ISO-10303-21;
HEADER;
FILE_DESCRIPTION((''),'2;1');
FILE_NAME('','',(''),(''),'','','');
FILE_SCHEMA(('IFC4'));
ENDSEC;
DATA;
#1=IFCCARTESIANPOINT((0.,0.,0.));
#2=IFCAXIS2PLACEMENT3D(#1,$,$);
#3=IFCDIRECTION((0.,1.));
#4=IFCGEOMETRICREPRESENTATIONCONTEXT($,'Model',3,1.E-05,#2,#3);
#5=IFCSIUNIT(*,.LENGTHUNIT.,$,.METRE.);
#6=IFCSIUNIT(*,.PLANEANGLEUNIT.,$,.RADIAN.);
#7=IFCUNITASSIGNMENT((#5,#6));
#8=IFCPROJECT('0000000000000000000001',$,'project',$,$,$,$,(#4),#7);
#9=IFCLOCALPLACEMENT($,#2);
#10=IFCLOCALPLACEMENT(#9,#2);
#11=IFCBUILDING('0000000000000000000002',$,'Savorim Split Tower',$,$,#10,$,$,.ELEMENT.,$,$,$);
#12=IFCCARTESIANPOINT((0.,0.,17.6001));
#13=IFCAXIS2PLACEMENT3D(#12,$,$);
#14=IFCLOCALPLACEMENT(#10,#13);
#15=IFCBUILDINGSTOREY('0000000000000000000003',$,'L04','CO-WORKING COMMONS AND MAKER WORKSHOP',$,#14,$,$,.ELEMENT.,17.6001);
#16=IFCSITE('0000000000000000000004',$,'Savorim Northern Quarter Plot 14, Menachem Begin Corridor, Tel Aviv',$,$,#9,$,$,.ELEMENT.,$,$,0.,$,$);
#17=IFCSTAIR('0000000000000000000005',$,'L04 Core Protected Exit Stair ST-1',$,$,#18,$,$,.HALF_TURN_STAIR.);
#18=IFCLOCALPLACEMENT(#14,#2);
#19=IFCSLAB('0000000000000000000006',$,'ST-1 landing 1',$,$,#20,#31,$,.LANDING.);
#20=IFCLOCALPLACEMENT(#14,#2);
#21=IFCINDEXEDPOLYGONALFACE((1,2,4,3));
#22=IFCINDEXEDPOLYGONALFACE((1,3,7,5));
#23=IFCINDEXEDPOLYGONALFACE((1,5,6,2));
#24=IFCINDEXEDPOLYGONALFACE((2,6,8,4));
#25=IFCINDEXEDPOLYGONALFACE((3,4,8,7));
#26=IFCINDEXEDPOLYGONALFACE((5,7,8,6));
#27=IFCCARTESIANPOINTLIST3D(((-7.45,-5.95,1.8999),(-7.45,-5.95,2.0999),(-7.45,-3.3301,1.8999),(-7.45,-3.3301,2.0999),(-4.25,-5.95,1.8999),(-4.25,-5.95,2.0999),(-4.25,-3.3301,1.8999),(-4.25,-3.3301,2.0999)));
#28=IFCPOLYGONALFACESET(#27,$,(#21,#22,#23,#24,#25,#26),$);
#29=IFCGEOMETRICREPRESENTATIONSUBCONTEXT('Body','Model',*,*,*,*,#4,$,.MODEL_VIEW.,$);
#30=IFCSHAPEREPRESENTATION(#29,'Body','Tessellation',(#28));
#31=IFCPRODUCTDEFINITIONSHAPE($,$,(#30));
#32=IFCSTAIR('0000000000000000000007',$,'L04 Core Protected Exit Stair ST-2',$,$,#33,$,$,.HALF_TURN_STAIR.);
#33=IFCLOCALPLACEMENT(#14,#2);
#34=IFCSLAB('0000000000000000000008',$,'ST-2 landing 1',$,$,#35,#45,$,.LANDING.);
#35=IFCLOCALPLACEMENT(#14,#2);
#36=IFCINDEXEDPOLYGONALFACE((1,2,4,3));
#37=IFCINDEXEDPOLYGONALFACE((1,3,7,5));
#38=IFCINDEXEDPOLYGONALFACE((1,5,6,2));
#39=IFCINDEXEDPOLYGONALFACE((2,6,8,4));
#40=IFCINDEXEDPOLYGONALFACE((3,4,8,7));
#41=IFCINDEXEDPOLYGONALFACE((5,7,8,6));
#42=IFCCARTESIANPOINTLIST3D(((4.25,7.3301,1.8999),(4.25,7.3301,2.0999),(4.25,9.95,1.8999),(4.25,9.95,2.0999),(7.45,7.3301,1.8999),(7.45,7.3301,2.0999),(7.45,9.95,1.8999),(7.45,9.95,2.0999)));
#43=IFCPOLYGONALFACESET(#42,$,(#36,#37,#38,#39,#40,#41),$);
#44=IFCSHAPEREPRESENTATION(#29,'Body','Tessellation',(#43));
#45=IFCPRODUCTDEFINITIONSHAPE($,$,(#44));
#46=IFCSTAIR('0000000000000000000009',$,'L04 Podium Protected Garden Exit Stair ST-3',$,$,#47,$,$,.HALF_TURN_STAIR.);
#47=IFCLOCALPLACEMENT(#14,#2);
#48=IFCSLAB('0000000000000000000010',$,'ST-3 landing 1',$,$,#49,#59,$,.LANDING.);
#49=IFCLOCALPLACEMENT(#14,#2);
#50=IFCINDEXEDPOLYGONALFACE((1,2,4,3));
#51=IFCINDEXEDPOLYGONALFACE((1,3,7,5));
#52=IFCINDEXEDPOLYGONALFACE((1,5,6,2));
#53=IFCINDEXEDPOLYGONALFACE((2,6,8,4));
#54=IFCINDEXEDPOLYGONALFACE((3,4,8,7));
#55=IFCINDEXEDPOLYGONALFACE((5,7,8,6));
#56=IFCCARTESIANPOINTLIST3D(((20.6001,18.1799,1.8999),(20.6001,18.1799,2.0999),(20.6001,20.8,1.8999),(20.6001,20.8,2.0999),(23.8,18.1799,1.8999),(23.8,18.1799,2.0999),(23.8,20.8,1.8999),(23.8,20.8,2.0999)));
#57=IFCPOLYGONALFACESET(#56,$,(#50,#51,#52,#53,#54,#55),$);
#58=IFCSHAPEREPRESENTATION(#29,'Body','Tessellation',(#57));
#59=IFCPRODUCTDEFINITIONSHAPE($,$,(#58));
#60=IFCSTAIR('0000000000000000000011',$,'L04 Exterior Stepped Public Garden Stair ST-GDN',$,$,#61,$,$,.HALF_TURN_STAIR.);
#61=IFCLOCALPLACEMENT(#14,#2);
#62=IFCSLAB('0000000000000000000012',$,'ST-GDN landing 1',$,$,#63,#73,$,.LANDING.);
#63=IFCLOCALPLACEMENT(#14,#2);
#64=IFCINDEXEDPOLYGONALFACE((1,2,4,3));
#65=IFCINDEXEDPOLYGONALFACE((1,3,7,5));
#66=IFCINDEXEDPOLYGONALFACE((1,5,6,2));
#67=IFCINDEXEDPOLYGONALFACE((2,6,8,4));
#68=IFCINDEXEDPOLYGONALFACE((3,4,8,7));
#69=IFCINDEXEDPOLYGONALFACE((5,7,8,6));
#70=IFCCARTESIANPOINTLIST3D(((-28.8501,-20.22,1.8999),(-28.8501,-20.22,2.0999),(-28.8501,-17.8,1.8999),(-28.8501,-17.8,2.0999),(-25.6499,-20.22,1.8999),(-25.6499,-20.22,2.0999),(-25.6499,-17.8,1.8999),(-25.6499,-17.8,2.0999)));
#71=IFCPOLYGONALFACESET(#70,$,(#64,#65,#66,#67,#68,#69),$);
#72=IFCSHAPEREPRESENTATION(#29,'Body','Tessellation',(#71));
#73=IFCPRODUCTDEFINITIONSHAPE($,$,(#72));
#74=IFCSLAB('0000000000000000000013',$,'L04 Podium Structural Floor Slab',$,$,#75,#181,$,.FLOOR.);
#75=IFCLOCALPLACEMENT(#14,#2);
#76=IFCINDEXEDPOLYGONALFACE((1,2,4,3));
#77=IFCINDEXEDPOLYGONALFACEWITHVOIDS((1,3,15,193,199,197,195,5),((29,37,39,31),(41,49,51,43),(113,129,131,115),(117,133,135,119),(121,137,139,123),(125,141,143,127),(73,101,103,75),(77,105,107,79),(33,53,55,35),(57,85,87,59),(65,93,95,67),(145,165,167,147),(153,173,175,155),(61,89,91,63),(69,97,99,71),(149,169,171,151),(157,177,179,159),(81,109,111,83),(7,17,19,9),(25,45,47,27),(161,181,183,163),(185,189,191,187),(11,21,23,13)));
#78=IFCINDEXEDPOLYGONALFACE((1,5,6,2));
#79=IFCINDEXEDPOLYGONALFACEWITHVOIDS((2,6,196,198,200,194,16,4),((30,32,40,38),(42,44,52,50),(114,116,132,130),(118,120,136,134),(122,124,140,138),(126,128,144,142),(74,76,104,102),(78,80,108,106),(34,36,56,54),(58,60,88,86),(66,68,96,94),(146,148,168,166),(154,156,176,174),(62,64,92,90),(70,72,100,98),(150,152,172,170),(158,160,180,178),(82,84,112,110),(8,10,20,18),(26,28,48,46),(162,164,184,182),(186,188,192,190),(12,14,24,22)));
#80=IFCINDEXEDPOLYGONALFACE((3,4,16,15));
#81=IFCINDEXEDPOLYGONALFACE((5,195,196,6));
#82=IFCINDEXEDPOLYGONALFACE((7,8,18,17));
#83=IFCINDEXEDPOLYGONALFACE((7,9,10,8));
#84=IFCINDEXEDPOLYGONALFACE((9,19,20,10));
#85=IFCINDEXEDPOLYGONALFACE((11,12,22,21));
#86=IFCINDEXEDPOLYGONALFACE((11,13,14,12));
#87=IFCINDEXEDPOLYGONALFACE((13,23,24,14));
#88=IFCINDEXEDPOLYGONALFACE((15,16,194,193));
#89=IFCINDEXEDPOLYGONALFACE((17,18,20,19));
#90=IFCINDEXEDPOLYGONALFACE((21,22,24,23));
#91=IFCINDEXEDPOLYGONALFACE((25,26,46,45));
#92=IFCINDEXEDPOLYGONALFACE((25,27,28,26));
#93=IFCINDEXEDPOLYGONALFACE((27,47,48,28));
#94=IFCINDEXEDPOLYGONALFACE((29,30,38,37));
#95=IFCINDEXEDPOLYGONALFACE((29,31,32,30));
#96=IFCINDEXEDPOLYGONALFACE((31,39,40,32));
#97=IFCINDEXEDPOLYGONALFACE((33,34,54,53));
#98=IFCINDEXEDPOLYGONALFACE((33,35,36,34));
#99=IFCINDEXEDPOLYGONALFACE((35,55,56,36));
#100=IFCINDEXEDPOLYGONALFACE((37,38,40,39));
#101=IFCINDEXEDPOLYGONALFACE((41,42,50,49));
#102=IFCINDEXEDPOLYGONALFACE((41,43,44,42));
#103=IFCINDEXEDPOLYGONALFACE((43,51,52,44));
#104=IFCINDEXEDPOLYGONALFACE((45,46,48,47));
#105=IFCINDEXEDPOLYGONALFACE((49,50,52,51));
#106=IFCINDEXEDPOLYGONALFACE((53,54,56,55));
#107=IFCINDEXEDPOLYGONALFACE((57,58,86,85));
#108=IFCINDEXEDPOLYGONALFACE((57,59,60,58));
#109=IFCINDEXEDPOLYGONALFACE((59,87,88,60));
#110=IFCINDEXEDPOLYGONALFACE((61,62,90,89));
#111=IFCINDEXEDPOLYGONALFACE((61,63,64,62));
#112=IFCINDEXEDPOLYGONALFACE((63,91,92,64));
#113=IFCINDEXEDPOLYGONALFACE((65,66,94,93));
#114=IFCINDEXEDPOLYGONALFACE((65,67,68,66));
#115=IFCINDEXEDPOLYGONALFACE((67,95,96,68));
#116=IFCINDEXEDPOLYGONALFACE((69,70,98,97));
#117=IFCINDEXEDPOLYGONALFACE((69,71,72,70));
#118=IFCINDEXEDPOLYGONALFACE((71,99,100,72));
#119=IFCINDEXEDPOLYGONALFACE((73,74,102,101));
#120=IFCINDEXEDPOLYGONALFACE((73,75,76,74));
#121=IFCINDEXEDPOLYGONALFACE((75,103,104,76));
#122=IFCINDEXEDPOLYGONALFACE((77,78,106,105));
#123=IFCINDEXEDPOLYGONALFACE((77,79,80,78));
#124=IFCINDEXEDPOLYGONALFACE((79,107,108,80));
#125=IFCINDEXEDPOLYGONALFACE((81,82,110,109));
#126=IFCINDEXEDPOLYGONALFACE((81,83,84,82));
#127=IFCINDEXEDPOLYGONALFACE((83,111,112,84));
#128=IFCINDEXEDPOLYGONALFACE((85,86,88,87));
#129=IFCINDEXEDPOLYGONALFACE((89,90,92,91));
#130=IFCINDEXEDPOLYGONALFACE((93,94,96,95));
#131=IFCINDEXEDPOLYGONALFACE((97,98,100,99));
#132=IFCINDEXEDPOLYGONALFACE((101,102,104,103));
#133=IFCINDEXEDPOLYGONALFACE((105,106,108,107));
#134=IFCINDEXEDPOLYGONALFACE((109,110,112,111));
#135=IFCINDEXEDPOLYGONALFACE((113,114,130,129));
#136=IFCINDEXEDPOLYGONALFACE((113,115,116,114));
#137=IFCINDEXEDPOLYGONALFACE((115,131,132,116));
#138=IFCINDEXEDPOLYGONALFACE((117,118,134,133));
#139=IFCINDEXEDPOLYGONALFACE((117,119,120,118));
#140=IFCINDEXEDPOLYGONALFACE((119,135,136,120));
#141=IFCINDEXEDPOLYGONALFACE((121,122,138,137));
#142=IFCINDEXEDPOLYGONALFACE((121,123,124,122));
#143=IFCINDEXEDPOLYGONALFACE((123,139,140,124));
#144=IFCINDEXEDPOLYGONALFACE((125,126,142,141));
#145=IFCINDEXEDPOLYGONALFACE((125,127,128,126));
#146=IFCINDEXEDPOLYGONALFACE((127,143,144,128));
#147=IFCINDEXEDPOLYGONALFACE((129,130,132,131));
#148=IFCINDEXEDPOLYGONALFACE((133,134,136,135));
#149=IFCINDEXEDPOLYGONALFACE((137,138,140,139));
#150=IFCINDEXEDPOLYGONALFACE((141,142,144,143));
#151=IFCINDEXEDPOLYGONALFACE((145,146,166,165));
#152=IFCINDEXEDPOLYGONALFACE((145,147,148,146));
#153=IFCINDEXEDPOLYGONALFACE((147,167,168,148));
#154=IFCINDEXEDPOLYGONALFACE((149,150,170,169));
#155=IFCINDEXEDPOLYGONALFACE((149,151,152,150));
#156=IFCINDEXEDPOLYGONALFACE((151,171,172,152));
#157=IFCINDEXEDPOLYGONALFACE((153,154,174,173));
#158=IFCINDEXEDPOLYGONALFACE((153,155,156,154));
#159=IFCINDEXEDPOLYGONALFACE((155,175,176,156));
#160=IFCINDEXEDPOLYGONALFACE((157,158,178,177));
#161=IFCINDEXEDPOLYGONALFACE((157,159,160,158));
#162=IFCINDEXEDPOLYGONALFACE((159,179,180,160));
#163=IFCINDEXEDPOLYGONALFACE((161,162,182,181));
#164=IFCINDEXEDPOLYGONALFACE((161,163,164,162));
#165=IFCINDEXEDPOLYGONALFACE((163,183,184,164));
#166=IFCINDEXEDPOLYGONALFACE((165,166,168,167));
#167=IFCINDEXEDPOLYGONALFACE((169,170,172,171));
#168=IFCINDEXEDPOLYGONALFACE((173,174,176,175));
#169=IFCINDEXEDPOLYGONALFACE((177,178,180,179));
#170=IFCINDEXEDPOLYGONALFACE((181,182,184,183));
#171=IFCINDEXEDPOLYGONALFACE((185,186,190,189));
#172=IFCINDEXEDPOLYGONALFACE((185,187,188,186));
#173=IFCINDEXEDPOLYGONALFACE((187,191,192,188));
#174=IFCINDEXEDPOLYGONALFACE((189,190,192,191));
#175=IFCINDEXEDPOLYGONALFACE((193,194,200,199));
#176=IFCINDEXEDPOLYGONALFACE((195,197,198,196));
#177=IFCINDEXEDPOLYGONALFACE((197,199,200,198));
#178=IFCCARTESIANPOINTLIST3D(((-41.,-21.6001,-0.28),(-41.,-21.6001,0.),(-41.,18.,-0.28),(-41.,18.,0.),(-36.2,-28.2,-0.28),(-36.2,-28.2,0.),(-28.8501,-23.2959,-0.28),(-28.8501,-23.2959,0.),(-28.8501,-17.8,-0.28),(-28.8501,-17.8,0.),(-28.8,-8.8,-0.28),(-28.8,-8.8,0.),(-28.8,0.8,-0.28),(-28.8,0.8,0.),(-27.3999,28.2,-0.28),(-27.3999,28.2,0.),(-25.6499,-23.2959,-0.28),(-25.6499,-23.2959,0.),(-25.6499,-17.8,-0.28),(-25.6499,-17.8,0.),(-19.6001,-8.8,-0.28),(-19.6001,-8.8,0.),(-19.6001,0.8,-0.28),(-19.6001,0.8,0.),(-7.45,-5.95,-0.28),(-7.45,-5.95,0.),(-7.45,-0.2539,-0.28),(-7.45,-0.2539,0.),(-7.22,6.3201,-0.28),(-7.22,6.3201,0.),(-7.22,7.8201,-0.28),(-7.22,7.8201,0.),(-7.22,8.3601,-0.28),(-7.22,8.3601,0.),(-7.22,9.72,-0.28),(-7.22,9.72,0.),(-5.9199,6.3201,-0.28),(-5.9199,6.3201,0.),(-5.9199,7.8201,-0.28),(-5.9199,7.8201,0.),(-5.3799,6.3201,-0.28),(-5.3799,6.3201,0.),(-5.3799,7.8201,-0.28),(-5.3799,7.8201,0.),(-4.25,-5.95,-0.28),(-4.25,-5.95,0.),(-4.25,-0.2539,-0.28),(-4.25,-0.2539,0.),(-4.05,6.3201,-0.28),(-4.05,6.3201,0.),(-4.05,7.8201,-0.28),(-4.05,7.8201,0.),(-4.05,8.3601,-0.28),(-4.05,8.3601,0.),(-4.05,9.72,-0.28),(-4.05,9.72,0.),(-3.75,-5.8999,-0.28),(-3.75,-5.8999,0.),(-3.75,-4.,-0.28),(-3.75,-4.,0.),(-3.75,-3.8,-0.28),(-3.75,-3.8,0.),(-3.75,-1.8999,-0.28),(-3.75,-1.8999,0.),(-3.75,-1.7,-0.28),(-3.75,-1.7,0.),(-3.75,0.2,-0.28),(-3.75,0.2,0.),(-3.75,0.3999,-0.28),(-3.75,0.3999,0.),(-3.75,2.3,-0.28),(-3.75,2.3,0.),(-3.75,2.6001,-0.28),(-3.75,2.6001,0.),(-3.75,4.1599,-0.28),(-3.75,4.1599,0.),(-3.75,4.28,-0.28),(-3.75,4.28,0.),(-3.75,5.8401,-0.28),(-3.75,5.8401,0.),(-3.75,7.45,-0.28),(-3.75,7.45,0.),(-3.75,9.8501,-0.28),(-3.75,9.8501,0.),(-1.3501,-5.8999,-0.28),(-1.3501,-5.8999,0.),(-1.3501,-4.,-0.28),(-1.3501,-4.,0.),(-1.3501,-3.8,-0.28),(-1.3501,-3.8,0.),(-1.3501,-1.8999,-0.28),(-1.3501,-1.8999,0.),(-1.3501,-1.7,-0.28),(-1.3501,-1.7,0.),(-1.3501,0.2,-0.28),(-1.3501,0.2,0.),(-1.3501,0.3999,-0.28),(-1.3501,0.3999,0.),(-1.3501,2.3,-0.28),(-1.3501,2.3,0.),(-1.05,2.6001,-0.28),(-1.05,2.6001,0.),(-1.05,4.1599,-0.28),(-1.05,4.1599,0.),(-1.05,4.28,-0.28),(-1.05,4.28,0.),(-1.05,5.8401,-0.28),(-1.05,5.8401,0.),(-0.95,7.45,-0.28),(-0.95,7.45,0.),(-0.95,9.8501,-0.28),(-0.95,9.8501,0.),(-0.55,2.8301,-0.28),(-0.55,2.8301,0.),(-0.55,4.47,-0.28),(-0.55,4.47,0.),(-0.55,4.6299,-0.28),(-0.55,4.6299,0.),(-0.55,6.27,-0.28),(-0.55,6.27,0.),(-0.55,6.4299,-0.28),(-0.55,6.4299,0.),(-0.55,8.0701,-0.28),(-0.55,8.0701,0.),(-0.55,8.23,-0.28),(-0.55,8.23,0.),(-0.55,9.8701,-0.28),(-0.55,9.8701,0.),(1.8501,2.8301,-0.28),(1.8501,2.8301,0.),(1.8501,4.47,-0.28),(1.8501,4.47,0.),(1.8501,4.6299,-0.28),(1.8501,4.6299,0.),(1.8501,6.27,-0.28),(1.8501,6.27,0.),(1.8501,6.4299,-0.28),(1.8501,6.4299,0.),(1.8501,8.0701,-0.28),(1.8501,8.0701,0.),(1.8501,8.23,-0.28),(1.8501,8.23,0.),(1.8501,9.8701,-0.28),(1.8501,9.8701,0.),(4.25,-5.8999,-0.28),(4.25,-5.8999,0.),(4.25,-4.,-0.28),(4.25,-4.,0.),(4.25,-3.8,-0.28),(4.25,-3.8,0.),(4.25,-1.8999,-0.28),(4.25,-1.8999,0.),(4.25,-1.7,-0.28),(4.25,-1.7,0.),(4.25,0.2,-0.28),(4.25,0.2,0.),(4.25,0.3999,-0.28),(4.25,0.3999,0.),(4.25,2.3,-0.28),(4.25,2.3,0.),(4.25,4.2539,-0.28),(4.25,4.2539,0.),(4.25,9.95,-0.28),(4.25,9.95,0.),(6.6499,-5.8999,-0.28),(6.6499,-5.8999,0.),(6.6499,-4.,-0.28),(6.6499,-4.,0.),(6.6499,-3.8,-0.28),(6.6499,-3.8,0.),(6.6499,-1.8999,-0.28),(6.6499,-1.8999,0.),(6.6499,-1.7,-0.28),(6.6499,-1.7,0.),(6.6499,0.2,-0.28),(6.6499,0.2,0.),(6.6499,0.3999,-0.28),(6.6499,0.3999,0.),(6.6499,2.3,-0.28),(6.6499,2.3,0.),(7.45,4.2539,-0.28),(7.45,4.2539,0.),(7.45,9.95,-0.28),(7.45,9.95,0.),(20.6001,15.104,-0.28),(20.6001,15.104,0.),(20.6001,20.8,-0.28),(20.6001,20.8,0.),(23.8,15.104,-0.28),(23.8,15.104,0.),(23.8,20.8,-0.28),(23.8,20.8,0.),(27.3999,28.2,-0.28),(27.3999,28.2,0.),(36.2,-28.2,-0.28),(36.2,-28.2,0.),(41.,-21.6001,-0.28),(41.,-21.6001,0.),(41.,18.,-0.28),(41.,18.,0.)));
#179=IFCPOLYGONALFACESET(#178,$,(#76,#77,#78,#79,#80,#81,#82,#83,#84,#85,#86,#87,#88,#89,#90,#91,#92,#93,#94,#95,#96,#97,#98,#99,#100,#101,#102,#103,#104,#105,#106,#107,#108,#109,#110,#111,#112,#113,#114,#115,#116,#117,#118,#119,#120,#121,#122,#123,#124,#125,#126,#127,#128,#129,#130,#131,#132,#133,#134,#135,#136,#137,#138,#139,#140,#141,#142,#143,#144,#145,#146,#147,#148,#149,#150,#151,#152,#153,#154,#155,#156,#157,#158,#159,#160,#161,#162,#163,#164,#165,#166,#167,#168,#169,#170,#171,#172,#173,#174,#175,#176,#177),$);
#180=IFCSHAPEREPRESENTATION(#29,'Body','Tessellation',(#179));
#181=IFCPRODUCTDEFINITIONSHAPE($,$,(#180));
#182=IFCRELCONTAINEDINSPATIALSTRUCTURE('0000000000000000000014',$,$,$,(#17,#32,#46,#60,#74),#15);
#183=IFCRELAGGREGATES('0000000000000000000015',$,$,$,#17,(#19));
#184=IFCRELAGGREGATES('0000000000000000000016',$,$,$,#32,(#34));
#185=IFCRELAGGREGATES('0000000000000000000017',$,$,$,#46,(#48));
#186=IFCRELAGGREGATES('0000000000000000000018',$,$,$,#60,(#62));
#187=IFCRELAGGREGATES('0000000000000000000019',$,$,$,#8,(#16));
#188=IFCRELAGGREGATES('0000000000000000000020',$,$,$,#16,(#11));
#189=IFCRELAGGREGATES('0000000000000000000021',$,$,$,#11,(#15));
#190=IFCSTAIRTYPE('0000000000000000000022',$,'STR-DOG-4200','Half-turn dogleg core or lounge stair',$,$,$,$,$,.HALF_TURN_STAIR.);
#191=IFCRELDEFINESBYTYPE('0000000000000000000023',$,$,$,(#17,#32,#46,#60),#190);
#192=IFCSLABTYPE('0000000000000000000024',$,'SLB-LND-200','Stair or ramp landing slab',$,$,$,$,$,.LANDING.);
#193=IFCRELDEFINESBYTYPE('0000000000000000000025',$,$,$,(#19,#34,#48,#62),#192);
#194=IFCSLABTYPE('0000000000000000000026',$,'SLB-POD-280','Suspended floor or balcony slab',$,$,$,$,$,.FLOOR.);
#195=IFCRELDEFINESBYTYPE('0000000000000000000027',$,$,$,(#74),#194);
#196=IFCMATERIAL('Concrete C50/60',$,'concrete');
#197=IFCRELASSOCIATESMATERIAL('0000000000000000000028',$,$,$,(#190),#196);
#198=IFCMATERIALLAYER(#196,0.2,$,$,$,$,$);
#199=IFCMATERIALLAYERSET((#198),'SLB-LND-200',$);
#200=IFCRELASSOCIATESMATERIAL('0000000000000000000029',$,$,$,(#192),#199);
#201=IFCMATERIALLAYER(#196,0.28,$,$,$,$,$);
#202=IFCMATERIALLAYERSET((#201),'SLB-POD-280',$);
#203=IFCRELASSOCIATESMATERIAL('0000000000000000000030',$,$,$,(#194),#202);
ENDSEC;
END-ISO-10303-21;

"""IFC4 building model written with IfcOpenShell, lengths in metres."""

from ifc_helpers import new_model, si_unit, direction, frame, origin, place, context, subcontext, project, spatial, polyline, outline, extrude, material, layer, layer_set, type_object, element, aggregate, save


model = new_model("IFC4")

# Units and contexts
model_context = context("Model", 3, precision=1e-05, world=origin(), true_north=direction((0.0, 1.0)))
body_context = subcontext(model_context, "Body", "Model", "MODEL_VIEW")
ifc_project = project(units=[si_unit("LENGTHUNIT", "METRE"), si_unit("PLANEANGLEUNIT", "RADIAN")], contexts=[model_context])

# Site, building, storey
site_placement = place(None, origin())
site = spatial("IfcSite", under=ifc_project, at=site_placement, Name="Savorim Northern Quarter Plot 14, Menachem Begin Corridor, Tel Aviv", CompositionType="ELEMENT", RefElevation=0.0)
building_placement = place(site_placement, origin())
building = spatial("IfcBuilding", under=site, at=building_placement, Name="Savorim Split Tower", CompositionType="ELEMENT")
storey_placement = place(building_placement, frame((0.0, 0.0, 17.6001)))
storey = spatial("IfcBuildingStorey", under=building, at=storey_placement, Name="L04", Description="CO-WORKING COMMONS AND MAKER WORKSHOP", CompositionType="ELEMENT", Elevation=17.6001)

# Stairs, slabs
ifc_material_1 = material(Name="Concrete C50/60", Category="concrete")
stair_type = type_object("IfcStairType", Name="STR-DOG-4200", Description="Half-turn dogleg core or lounge stair", PredefinedType="HALF_TURN_STAIR", material=ifc_material_1)
stair_1_placement = place(storey_placement, origin())
stair_1 = element("IfcStair", 1, at=stair_1_placement, inside=storey, type_object=stair_type, Name="L04 Core Protected Exit Stair ST-1", PredefinedType="HALF_TURN_STAIR")
ifc_layer_1 = layer(ifc_material_1, 0.2)
ifc_layer_set_1 = layer_set([ifc_layer_1], Name="SLB-LND-200")
slab_type_1 = type_object("IfcSlabType", Name="SLB-LND-200", Description="Stair or ramp landing slab", PredefinedType="LANDING", material=ifc_layer_set_1)
slab_1_placement = place(storey_placement, frame((0.0, 0.0, 1.8999)))
slab_1 = element("IfcSlab", 2, at=slab_1_placement, type_object=slab_type_1, Name="ST-1 landing 1", PredefinedType="LANDING", context=body_context, shape_type="SweptSolid", body=[
    extrude(outline(polyline([(-7.45, -3.3301), (-7.45, -5.95), (-4.25, -5.95), (-4.25, -3.3301), (-7.45, -3.3301)])), origin(), (0.0, 0.0, 1.0), 0.2),
])
aggregate(stair_1, [slab_1])
stair_2_placement = place(storey_placement, origin())
stair_2 = element("IfcStair", 3, at=stair_2_placement, inside=storey, type_object=stair_type, Name="L04 Core Protected Exit Stair ST-2", PredefinedType="HALF_TURN_STAIR")
slab_2_placement = place(storey_placement, frame((0.0, 0.0, 1.8999)))
slab_2 = element("IfcSlab", 4, at=slab_2_placement, type_object=slab_type_1, Name="ST-2 landing 1", PredefinedType="LANDING", context=body_context, shape_type="SweptSolid", body=[
    extrude(outline(polyline([(7.45, 7.3301), (7.45, 9.95), (4.25, 9.95), (4.25, 7.3301), (7.45, 7.3301)])), origin(), (0.0, 0.0, 1.0), 0.2),
])
aggregate(stair_2, [slab_2])
stair_3_placement = place(storey_placement, origin())
stair_3 = element("IfcStair", 5, at=stair_3_placement, inside=storey, type_object=stair_type, Name="L04 Podium Protected Garden Exit Stair ST-3", PredefinedType="HALF_TURN_STAIR")
slab_3_placement = place(storey_placement, frame((0.0, 0.0, 1.8999)))
slab_3 = element("IfcSlab", 6, at=slab_3_placement, type_object=slab_type_1, Name="ST-3 landing 1", PredefinedType="LANDING", context=body_context, shape_type="SweptSolid", body=[
    extrude(outline(polyline([(23.8, 18.1799), (23.8, 20.8), (20.6001, 20.8), (20.6001, 18.1799), (23.8, 18.1799)])), origin(), (0.0, 0.0, 1.0), 0.2),
])
aggregate(stair_3, [slab_3])
stair_4_placement = place(storey_placement, origin())
stair_4 = element("IfcStair", 7, at=stair_4_placement, inside=storey, type_object=stair_type, Name="L04 Exterior Stepped Public Garden Stair ST-GDN", PredefinedType="HALF_TURN_STAIR")
slab_4_placement = place(storey_placement, frame((0.0, 0.0, 1.8999)))
slab_4 = element("IfcSlab", 8, at=slab_4_placement, type_object=slab_type_1, Name="ST-GDN landing 1", PredefinedType="LANDING", context=body_context, shape_type="SweptSolid", body=[
    extrude(outline(polyline([(-25.6499, -20.22), (-25.6499, -17.8), (-28.8501, -17.8), (-28.8501, -20.22), (-25.6499, -20.22)])), origin(), (0.0, 0.0, 1.0), 0.2),
])
aggregate(stair_4, [slab_4])

# Slab
ifc_layer_2 = layer(ifc_material_1, 0.28)
ifc_layer_set_2 = layer_set([ifc_layer_2], Name="SLB-POD-280")
slab_type_2 = type_object("IfcSlabType", Name="SLB-POD-280", Description="Suspended floor or balcony slab", PredefinedType="FLOOR", material=ifc_layer_set_2)
slab_5_placement = place(storey_placement, frame((0.0, 0.0, -0.28)))
element("IfcSlab", 9, at=slab_5_placement, inside=storey, type_object=slab_type_2, Name="L04 Podium Structural Floor Slab", PredefinedType="FLOOR", context=body_context, shape_type="SweptSolid", body=[
    extrude(outline(polyline([(-36.2, -28.2), (36.2, -28.2), (41.0, -21.6001), (41.0, 18.0), (27.3999, 28.2), (-27.3999, 28.2), (-41.0, 18.0), (-41.0, -21.6001), (-36.2, -28.2)]), holes=[polyline([(-7.45, -0.2539), (-7.45, -5.95), (-4.25, -5.95), (-4.25, -0.2539), (-7.45, -0.2539)]), polyline([(7.45, 4.2539), (7.45, 9.95), (4.25, 9.95), (4.25, 4.2539), (7.45, 4.2539)]), polyline([(23.8, 15.104), (23.8, 20.8), (20.6001, 20.8), (20.6001, 15.104), (23.8, 15.104)]), polyline([(-25.6499, -23.2959), (-25.6499, -17.8), (-28.8501, -17.8), (-28.8501, -23.2959), (-25.6499, -23.2959)]), polyline([(4.25, -5.8999), (6.6499, -5.8999), (6.6499, -4.0), (4.25, -4.0), (4.25, -5.8999)]), polyline([(4.25, -3.8), (6.6499, -3.8), (6.6499, -1.8999), (4.25, -1.8999), (4.25, -3.8)]), polyline([(4.25, -1.7), (6.6499, -1.7), (6.6499, 0.2), (4.25, 0.2), (4.25, -1.7)]), polyline([(4.25, 0.3999), (6.6499, 0.3999), (6.6499, 2.3), (4.25, 2.3), (4.25, 0.3999)]), polyline([(-3.75, -5.8999), (-1.3501, -5.8999), (-1.3501, -4.0), (-3.75, -4.0), (-3.75, -5.8999)]), polyline([(-3.75, -3.8), (-1.3501, -3.8), (-1.3501, -1.8999), (-3.75, -1.8999), (-3.75, -3.8)]), polyline([(-3.75, -1.7), (-1.3501, -1.7), (-1.3501, 0.2), (-3.75, 0.2), (-3.75, -1.7)]), polyline([(-3.75, 0.3999), (-1.3501, 0.3999), (-1.3501, 2.3), (-3.75, 2.3), (-3.75, 0.3999)]), polyline([(-0.55, 2.8301), (1.8501, 2.8301), (1.8501, 4.47), (-0.55, 4.47), (-0.55, 2.8301)]), polyline([(-0.55, 4.6299), (1.8501, 4.6299), (1.8501, 6.27), (-0.55, 6.27), (-0.55, 4.6299)]), polyline([(-0.55, 6.4299), (1.8501, 6.4299), (1.8501, 8.0701), (-0.55, 8.0701), (-0.55, 6.4299)]), polyline([(-0.55, 8.23), (1.8501, 8.23), (1.8501, 9.8701), (-0.55, 9.8701), (-0.55, 8.23)]), polyline([(-3.75, 2.6001), (-1.05, 2.6001), (-1.05, 4.1599), (-3.75, 4.1599), (-3.75, 2.6001)]), polyline([(-3.75, 4.28), (-1.05, 4.28), (-1.05, 5.8401), (-3.75, 5.8401), (-3.75, 4.28)]), polyline([(-3.75, 7.45), (-0.95, 7.45), (-0.95, 9.8501), (-3.75, 9.8501), (-3.75, 7.45)]), polyline([(-7.22, 6.3201), (-5.9199, 6.3201), (-5.9199, 7.8201), (-7.22, 7.8201), (-7.22, 6.3201)]), polyline([(-5.3799, 6.3201), (-4.05, 6.3201), (-4.05, 7.8201), (-5.3799, 7.8201), (-5.3799, 6.3201)]), polyline([(-7.22, 8.3601), (-4.05, 8.3601), (-4.05, 9.72), (-7.22, 9.72), (-7.22, 8.3601)]), polyline([(-28.8, -8.8), (-19.6001, -8.8), (-19.6001, 0.8), (-28.8, 0.8), (-28.8, -8.8)])]), origin(), (0.0, 0.0, 1.0), 0.28),
])

save(model, "model.ifc")
